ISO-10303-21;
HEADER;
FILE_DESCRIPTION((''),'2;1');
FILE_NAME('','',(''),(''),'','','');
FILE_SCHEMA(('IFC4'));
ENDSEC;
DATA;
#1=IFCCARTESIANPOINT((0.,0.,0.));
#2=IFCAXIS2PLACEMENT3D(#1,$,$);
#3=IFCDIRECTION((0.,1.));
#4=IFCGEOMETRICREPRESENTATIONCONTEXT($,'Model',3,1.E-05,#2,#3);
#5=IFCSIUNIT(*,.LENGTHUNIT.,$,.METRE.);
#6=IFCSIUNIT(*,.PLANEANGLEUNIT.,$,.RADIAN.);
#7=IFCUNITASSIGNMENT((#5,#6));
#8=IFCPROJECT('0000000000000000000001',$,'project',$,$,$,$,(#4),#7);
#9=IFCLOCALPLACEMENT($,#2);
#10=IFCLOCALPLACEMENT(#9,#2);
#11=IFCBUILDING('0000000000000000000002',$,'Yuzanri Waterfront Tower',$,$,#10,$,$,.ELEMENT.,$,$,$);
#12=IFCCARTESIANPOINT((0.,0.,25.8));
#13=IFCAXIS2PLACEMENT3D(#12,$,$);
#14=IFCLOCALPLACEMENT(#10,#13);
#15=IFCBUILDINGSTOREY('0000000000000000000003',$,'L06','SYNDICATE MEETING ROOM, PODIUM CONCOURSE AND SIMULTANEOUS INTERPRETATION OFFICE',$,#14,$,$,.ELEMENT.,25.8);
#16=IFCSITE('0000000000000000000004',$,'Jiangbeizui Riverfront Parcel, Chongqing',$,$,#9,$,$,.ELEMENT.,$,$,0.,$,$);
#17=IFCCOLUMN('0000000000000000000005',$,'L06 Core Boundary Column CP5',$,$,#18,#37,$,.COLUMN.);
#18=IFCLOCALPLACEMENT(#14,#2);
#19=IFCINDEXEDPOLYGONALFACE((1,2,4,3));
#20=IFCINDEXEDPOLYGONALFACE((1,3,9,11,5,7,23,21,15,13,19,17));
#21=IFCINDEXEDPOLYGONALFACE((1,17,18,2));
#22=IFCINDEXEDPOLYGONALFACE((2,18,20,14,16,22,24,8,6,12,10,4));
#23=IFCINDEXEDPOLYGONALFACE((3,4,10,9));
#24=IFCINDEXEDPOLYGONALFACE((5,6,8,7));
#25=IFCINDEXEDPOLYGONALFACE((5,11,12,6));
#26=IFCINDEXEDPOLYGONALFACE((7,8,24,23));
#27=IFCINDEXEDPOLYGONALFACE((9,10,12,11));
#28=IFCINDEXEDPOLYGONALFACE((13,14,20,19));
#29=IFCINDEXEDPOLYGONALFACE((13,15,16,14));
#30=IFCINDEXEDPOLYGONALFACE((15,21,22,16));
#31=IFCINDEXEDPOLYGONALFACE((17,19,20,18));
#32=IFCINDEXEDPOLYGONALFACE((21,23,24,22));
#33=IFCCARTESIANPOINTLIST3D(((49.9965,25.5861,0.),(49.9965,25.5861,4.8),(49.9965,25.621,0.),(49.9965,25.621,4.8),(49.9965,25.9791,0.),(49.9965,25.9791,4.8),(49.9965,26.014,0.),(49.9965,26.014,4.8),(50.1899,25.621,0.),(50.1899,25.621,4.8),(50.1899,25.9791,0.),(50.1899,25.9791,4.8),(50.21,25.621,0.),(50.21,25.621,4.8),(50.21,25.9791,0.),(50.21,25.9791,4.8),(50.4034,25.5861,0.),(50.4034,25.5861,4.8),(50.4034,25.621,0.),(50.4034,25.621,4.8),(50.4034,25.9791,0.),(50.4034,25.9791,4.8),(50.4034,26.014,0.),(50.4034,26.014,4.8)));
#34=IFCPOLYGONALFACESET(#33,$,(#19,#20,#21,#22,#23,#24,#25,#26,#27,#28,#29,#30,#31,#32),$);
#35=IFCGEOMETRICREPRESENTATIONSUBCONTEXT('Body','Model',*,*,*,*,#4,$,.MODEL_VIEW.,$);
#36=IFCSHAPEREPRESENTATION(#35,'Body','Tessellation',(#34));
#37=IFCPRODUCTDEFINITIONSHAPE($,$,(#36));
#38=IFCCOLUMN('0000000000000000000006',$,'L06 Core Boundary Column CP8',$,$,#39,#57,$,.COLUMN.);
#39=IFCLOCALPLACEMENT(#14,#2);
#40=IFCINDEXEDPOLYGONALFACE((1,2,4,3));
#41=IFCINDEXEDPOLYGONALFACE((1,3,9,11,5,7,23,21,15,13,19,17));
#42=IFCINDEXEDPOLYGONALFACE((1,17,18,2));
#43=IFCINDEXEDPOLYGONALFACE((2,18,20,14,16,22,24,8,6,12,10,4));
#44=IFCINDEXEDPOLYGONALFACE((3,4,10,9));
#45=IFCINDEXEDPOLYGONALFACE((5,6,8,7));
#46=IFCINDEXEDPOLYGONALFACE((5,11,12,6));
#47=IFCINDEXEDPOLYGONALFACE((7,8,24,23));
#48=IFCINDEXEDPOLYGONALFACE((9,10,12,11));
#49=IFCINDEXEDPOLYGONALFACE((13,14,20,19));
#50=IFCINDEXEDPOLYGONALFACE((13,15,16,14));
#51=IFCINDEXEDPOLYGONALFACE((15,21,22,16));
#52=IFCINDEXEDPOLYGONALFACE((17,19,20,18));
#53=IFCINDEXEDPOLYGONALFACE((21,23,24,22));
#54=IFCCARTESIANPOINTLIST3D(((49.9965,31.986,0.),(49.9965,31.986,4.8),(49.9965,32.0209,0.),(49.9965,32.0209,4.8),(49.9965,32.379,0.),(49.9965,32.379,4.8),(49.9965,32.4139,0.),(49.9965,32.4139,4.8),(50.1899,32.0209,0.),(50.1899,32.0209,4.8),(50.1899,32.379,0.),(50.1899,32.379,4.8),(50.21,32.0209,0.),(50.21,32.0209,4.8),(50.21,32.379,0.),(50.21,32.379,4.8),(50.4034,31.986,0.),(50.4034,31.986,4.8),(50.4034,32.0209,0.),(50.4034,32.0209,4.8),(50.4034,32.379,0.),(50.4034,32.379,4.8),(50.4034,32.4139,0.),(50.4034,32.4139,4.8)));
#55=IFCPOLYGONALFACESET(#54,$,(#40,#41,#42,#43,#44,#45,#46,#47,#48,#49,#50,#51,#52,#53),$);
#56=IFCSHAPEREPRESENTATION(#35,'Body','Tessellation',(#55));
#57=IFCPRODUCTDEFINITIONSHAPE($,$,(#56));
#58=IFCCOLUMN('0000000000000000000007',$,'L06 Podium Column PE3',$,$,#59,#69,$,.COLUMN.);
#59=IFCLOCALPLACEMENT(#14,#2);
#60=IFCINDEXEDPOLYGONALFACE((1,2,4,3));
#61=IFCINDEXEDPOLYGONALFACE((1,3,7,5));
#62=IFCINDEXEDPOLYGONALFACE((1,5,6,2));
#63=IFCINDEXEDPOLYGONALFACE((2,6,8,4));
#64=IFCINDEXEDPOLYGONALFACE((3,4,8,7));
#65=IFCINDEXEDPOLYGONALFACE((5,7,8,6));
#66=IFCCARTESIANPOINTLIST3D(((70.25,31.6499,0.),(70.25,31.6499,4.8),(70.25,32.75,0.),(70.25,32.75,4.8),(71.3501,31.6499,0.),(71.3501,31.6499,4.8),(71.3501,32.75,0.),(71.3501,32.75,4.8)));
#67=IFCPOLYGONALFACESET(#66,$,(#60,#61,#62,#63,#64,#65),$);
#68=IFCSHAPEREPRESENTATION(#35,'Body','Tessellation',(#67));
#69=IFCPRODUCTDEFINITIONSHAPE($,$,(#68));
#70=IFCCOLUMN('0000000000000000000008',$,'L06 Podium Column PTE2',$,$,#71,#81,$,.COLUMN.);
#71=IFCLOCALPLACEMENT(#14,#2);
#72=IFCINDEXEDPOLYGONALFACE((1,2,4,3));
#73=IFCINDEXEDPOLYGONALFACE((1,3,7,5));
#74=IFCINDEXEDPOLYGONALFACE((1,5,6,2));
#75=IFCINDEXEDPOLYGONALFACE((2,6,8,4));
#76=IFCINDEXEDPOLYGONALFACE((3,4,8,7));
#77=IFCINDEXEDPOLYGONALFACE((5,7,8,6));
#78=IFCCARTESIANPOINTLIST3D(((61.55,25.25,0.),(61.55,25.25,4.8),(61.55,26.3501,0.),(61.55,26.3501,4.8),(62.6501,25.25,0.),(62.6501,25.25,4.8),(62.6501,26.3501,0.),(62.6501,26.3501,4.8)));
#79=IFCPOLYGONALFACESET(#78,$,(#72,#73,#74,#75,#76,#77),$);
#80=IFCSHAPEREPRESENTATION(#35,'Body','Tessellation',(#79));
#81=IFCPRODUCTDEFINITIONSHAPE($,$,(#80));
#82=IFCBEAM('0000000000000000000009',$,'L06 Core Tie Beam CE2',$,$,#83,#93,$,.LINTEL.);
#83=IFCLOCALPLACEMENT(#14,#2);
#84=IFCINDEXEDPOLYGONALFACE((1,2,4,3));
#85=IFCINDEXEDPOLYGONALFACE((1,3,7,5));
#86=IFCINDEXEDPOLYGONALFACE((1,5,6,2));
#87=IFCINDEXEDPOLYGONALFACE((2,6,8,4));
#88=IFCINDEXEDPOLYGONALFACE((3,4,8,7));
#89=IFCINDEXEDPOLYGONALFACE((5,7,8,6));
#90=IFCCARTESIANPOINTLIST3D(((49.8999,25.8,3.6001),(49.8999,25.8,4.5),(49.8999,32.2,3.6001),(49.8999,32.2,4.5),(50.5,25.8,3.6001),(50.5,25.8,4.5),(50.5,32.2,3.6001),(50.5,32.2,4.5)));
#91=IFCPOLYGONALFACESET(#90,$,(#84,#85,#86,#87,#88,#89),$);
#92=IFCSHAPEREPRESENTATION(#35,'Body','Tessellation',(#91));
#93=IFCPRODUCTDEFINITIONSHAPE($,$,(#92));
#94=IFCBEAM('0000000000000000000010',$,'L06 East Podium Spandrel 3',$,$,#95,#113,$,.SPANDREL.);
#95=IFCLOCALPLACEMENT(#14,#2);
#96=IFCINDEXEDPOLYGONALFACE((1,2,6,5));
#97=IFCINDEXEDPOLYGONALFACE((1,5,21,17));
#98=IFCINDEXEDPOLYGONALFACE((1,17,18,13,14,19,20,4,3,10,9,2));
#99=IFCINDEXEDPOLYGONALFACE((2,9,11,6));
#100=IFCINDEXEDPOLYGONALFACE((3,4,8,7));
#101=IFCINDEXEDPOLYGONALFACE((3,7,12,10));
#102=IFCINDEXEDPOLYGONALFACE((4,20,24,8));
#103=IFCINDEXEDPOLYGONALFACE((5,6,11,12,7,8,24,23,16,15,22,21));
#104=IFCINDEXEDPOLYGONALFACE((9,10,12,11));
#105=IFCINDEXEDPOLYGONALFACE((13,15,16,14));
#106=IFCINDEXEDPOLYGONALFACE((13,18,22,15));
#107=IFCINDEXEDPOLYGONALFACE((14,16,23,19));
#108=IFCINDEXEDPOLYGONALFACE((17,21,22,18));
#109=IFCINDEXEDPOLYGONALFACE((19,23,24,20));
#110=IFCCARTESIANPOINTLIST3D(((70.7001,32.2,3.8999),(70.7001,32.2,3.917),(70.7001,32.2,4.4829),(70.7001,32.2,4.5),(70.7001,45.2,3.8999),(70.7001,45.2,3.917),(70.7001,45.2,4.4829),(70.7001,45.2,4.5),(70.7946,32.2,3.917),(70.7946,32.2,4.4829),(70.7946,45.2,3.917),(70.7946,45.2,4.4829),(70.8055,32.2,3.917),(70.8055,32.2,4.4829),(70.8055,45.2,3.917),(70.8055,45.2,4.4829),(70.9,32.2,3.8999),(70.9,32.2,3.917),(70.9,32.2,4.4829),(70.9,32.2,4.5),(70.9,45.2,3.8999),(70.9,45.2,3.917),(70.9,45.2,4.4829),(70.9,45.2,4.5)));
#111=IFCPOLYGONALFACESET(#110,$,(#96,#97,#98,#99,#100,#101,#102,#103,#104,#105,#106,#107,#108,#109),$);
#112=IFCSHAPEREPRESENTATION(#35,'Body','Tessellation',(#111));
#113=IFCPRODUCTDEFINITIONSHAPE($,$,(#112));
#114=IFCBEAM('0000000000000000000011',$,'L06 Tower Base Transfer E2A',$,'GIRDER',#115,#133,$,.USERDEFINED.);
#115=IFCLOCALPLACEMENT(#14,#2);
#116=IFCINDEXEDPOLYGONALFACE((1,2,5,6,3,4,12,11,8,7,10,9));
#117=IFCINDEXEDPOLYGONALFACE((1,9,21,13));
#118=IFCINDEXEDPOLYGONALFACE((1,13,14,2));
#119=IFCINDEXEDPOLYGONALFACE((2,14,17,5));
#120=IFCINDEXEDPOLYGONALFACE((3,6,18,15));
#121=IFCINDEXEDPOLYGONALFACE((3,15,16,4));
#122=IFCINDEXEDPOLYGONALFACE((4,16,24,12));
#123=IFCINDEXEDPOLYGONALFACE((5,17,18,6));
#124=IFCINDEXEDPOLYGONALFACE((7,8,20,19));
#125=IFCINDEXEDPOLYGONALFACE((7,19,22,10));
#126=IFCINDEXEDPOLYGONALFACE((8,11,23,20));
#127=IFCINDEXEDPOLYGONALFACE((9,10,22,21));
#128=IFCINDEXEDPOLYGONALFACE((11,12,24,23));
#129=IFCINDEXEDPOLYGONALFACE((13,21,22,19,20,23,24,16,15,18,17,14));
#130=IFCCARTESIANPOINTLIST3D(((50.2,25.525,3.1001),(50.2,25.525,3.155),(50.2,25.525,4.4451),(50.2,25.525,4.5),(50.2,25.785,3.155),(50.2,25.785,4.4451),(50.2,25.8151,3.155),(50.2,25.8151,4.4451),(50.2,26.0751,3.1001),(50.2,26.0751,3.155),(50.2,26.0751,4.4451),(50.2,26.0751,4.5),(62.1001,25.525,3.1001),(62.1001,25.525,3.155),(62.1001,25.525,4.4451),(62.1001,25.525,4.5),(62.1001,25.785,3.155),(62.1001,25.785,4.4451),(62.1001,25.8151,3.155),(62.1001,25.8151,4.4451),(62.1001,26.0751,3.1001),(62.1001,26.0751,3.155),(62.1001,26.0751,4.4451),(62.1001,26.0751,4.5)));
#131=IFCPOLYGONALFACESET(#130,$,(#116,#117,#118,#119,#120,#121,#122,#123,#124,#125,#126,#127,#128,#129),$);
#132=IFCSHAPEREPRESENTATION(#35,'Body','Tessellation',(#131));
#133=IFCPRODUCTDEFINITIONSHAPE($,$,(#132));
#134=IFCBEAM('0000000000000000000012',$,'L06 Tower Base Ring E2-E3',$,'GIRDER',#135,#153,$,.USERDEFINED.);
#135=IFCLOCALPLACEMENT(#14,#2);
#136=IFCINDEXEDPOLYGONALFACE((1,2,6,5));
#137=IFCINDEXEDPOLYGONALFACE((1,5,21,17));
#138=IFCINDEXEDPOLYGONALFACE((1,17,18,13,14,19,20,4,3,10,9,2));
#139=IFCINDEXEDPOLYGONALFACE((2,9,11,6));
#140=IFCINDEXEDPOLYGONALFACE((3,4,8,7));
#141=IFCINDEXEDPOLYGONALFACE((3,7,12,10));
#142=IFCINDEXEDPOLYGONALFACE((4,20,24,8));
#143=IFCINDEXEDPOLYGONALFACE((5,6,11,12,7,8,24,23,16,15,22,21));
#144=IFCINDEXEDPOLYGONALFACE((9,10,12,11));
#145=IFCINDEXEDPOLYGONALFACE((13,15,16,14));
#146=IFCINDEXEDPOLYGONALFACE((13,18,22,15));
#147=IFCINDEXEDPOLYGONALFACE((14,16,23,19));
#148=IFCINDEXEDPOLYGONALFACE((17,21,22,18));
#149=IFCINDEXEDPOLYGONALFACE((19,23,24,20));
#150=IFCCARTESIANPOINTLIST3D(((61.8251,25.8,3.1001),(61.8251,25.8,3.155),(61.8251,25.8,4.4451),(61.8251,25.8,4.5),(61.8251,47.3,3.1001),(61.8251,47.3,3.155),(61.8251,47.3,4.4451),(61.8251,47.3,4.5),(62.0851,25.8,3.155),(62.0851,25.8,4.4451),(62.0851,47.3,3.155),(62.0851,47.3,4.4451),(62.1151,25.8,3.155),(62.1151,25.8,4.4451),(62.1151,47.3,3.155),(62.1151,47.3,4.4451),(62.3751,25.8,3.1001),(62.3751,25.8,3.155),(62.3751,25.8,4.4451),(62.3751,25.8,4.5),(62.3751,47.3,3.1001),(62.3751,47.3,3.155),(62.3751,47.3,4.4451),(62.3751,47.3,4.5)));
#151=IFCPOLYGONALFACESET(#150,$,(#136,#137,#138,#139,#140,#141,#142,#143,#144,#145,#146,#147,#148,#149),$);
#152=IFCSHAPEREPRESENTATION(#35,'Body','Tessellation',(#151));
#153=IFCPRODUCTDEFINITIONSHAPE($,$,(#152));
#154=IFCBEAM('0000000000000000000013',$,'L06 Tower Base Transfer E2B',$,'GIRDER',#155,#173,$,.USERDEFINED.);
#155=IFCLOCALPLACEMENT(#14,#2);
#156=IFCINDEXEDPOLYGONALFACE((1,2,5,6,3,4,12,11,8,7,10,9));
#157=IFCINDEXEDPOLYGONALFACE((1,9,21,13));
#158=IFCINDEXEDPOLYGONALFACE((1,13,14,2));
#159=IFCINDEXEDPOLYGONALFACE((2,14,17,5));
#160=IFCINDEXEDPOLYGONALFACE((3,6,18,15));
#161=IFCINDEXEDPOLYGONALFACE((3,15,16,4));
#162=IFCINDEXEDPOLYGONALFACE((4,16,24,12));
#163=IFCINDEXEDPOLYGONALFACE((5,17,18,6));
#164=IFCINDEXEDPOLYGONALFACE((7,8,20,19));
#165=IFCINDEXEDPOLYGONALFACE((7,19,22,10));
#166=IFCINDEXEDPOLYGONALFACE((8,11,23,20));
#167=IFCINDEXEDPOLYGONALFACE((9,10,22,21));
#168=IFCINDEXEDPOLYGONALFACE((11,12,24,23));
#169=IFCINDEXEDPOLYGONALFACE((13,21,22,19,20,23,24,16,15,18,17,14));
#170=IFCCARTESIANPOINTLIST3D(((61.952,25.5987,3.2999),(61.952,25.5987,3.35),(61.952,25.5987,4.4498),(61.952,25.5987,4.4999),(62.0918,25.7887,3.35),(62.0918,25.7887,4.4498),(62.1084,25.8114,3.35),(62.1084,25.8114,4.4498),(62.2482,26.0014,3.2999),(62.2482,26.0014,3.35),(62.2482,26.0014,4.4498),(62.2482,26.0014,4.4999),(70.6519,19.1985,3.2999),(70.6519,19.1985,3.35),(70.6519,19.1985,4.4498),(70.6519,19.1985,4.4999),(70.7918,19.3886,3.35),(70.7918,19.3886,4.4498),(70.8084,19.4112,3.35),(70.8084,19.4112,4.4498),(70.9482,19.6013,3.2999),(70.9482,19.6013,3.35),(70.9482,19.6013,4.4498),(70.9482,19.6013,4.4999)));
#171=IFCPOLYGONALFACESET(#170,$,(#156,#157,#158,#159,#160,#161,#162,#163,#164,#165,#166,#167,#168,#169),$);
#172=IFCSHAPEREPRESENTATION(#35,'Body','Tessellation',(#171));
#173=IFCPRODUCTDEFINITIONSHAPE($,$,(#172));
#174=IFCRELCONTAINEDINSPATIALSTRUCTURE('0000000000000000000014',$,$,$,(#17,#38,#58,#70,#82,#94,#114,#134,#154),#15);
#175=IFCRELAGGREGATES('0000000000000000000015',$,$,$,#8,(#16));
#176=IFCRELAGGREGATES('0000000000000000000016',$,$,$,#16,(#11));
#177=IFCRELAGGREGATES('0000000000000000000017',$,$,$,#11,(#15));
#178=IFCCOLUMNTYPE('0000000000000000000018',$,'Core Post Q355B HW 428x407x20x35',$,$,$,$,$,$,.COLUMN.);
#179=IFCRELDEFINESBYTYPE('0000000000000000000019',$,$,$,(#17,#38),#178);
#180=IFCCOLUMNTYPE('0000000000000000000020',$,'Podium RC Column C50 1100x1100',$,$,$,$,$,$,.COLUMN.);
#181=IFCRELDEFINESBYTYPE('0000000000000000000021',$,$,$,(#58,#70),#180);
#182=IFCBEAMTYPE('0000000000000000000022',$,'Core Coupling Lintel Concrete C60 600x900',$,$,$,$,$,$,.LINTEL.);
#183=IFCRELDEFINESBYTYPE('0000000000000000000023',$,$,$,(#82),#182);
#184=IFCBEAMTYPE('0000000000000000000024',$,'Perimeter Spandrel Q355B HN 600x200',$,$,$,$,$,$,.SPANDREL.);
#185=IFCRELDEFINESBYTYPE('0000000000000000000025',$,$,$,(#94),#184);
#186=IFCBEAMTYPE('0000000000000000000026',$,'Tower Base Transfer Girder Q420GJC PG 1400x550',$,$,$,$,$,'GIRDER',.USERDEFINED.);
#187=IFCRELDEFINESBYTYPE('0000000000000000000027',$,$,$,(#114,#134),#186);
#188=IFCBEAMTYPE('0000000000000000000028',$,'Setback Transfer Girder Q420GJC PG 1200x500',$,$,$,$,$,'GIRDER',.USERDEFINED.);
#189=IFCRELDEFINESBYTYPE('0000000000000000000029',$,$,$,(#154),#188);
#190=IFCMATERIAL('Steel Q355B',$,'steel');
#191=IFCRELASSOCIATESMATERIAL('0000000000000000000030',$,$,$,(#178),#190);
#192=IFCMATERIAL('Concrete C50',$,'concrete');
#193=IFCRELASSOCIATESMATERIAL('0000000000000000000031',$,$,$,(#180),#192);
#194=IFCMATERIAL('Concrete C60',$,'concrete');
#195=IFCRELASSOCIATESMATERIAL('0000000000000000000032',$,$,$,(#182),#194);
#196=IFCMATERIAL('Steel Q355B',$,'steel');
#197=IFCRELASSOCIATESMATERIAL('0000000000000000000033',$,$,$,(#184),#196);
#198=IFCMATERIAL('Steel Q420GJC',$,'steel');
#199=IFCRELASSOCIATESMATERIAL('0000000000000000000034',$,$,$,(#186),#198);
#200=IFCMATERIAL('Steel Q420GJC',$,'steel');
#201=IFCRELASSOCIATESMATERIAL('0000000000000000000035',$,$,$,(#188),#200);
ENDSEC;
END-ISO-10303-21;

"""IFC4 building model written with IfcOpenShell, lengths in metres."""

from ifc_helpers import new_model, si_unit, direction, frame, origin, origin_2d, place, context, subcontext, project, spatial, rectangle, i_section, extrude, source, transform, mapped, material, material_profile, profile_set, type_object, element, save


model = new_model("IFC4")

# Units and contexts
model_context = context("Model", 3, precision=1e-05, world=origin(), true_north=direction((0.0, 1.0)))
body_context = subcontext(model_context, "Body", "Model", "MODEL_VIEW")
ifc_project = project(units=[si_unit("LENGTHUNIT", "METRE"), si_unit("PLANEANGLEUNIT", "RADIAN")], contexts=[model_context])

# Site, building, storey
site_placement = place(None, origin())
site = spatial("IfcSite", under=ifc_project, at=site_placement, Name="Jiangbeizui Riverfront Parcel, Chongqing", CompositionType="ELEMENT", RefElevation=0.0)
building_placement = place(site_placement, origin())
building = spatial("IfcBuilding", under=site, at=building_placement, Name="Yuzanri Waterfront Tower", CompositionType="ELEMENT")
storey_placement = place(building_placement, frame((0.0, 0.0, 25.8)))
storey = spatial("IfcBuildingStorey", under=building, at=storey_placement, Name="L06", Description="SYNDICATE MEETING ROOM, PODIUM CONCOURSE AND SIMULTANEOUS INTERPRETATION OFFICE", CompositionType="ELEMENT", Elevation=25.8)

# Columns
ifc_material_1 = material(Name="Steel Q355B", Category="steel")
ifc_material_profile_1 = material_profile(ifc_material_1, i_section(OverallWidth=0.407, OverallDepth=0.428, WebThickness=0.02, FlangeThickness=0.0349, at=origin_2d()), Name="HW 428x407x20x35")
ifc_profile_set_1 = profile_set([ifc_material_profile_1], Name="Steel Q355B")
column_type_1 = type_object("IfcColumnType", Name="Core Post Q355B HW 428x407x20x35", PredefinedType="COLUMN", material=ifc_profile_set_1)
shared_shape_1 = source(origin(), body_context, "Body", "SweptSolid", [
    extrude(i_section(OverallWidth=0.407, OverallDepth=0.428, WebThickness=0.02, FlangeThickness=0.0349, at=origin_2d()), origin(), (0.0, 0.0, 1.0), 4.8),
])
for number, where, z_axis, x_axis, name in (
    (1, (50.2, 25.8, 0.0), (0.0, 0.0, 1.0), (1.0, 0.0, 0.0), "L06 Core Boundary Column CP5"),
    (2, (50.2, 32.2, 0.0), (0.0, 0.0, 1.0), (1.0, 0.0, 0.0), "L06 Core Boundary Column CP8"),
):
    element("IfcColumn", number, at=place(storey_placement, frame(where, z_axis=z_axis, x_axis=x_axis)), inside=storey, type_object=column_type_1, Name=name, PredefinedType="COLUMN", context=body_context, shape_type="MappedRepresentation", body=[
        mapped(shared_shape_1, transform((0.0, 0.0, 0.0), scale=1.0)),
    ])
ifc_material_2 = material(Name="Concrete C50", Category="concrete")
ifc_material_profile_2 = material_profile(ifc_material_2, rectangle(XDim=1.1001, YDim=1.1001, at=origin_2d()), Name="RC 1100x1100")
ifc_profile_set_2 = profile_set([ifc_material_profile_2], Name="Concrete C50")
column_type_2 = type_object("IfcColumnType", Name="Podium RC Column C50 1100x1100", PredefinedType="COLUMN", material=ifc_profile_set_2)
shared_shape_2 = source(origin(), body_context, "Body", "SweptSolid", [
    extrude(rectangle(XDim=1.1001, YDim=1.1001, at=origin_2d()), origin(), (0.0, 0.0, 1.0), 4.8),
])
for number, where, z_axis, x_axis, name in (
    (3, (70.8, 32.2, 0.0), (0.0, 0.0, 1.0), (1.0, 0.0, 0.0), "L06 Podium Column PE3"),
    (4, (62.1001, 25.8, 0.0), (0.0, 0.0, 1.0), (1.0, 0.0, 0.0), "L06 Podium Column PTE2"),
):
    element("IfcColumn", number, at=place(storey_placement, frame(where, z_axis=z_axis, x_axis=x_axis)), inside=storey, type_object=column_type_2, Name=name, PredefinedType="COLUMN", context=body_context, shape_type="MappedRepresentation", body=[
        mapped(shared_shape_2, transform((0.0, 0.0, 0.0), scale=1.0)),
    ])

# Beams
ifc_material_3 = material(Name="Concrete C60", Category="concrete")
ifc_material_profile_3 = material_profile(ifc_material_3, rectangle(XDim=0.6001, YDim=0.8999, at=origin_2d()), Name="RC 600x900")
ifc_profile_set_3 = profile_set([ifc_material_profile_3], Name="Concrete C60")
beam_type_1 = type_object("IfcBeamType", Name="Core Coupling Lintel Concrete C60 600x900", PredefinedType="LINTEL", material=ifc_profile_set_3)
shared_shape_3 = source(origin(), body_context, "Body", "SweptSolid", [
    extrude(rectangle(XDim=0.6001, YDim=0.8999, at=origin_2d()), origin(), (0.0, 0.0, 1.0), 6.3999),
])
beam_1_placement = place(storey_placement, frame((50.2, 25.8, 4.05), z_axis=(0.0, 1.0, 0.0), x_axis=(-1.0, 0.0, 0.0)))
element("IfcBeam", 5, at=beam_1_placement, inside=storey, type_object=beam_type_1, Name="L06 Core Tie Beam CE2", PredefinedType="LINTEL", context=body_context, shape_type="MappedRepresentation", body=[
    mapped(shared_shape_3, transform((0.0, 0.0, 0.0), scale=1.0)),
])
ifc_material_4 = material(Name="Steel Q355B", Category="steel")
ifc_material_profile_4 = material_profile(ifc_material_4, i_section(OverallWidth=0.2, OverallDepth=0.6001, WebThickness=0.011, FlangeThickness=0.0171, at=origin_2d()), Name="HN 600x200x11x17")
ifc_profile_set_4 = profile_set([ifc_material_profile_4], Name="Steel Q355B")
beam_type_2 = type_object("IfcBeamType", Name="Perimeter Spandrel Q355B HN 600x200", PredefinedType="SPANDREL", material=ifc_profile_set_4)
shared_shape_4 = source(origin(), body_context, "Body", "SweptSolid", [
    extrude(i_section(OverallWidth=0.2, OverallDepth=0.6001, WebThickness=0.011, FlangeThickness=0.0171, at=origin_2d()), origin(), (0.0, 0.0, 1.0), 13.0),
])
beam_2_placement = place(storey_placement, frame((70.8, 32.2, 4.2), z_axis=(0.0, 1.0, 0.0), x_axis=(-1.0, 0.0, 0.0)))
element("IfcBeam", 6, at=beam_2_placement, inside=storey, type_object=beam_type_2, Name="L06 East Podium Spandrel 3", PredefinedType="SPANDREL", context=body_context, shape_type="MappedRepresentation", body=[
    mapped(shared_shape_4, transform((0.0, 0.0, 0.0), scale=1.0)),
])
ifc_material_5 = material(Name="Steel Q420GJC", Category="steel")
ifc_material_profile_5 = material_profile(ifc_material_5, i_section(OverallWidth=0.55, OverallDepth=1.3999, WebThickness=0.03, FlangeThickness=0.0549, at=origin_2d()), Name="PG 1400x550x30x55")
ifc_profile_set_5 = profile_set([ifc_material_profile_5], Name="Steel Q420GJC")
beam_type_3 = type_object("IfcBeamType", Name="Tower Base Transfer Girder Q420GJC PG 1400x550", ElementType="GIRDER", PredefinedType="USERDEFINED", material=ifc_profile_set_5)
shared_shape_5 = source(origin(), body_context, "Body", "SweptSolid", [
    extrude(i_section(OverallWidth=0.55, OverallDepth=1.3999, WebThickness=0.03, FlangeThickness=0.0549, at=origin_2d()), origin(), (0.0, 0.0, 1.0), 11.9001),
])
beam_3_placement = place(storey_placement, frame((50.2, 25.8, 3.8), z_axis=(1.0, 0.0, 0.0), x_axis=(0.0, 1.0, 0.0)))
element("IfcBeam", 7, at=beam_3_placement, inside=storey, type_object=beam_type_3, Name="L06 Tower Base Transfer E2A", ObjectType="GIRDER", PredefinedType="USERDEFINED", context=body_context, shape_type="MappedRepresentation", body=[
    mapped(shared_shape_5, transform((0.0, 0.0, 0.0), scale=1.0)),
])
shared_shape_6 = source(origin(), body_context, "Body", "SweptSolid", [
    extrude(i_section(OverallWidth=0.55, OverallDepth=1.3999, WebThickness=0.03, FlangeThickness=0.0549, at=origin_2d()), origin(), (0.0, 0.0, 1.0), 21.5),
])
beam_4_placement = place(storey_placement, frame((62.1001, 25.8, 3.8), z_axis=(0.0, 1.0, 0.0), x_axis=(-1.0, 0.0, 0.0)))
element("IfcBeam", 8, at=beam_4_placement, inside=storey, type_object=beam_type_3, Name="L06 Tower Base Ring E2-E3", ObjectType="GIRDER", PredefinedType="USERDEFINED", context=body_context, shape_type="MappedRepresentation", body=[
    mapped(shared_shape_6, transform((0.0, 0.0, 0.0), scale=1.0)),
])
ifc_material_6 = material(Name="Steel Q420GJC", Category="steel")
ifc_material_profile_6 = material_profile(ifc_material_6, i_section(OverallWidth=0.5, OverallDepth=1.2, WebThickness=0.0281, FlangeThickness=0.05, at=origin_2d()), Name="PG 1200x500x28x50")
ifc_profile_set_6 = profile_set([ifc_material_profile_6], Name="Steel Q420GJC")
beam_type_4 = type_object("IfcBeamType", Name="Setback Transfer Girder Q420GJC PG 1200x500", ElementType="GIRDER", PredefinedType="USERDEFINED", material=ifc_profile_set_6)
shared_shape_7 = source(origin(), body_context, "Body", "SweptSolid", [
    extrude(i_section(OverallWidth=0.5, OverallDepth=1.2, WebThickness=0.0281, FlangeThickness=0.05, at=origin_2d()), origin(), (0.0, 0.0, 1.0), 10.8005),
])
beam_5_placement = place(storey_placement, frame((62.1001, 25.8, 3.8999), z_axis=(0.805513, -0.592578, 0.0), x_axis=(0.592578, 0.805513, 0.0)))
element("IfcBeam", 9, at=beam_5_placement, inside=storey, type_object=beam_type_4, Name="L06 Tower Base Transfer E2B", ObjectType="GIRDER", PredefinedType="USERDEFINED", context=body_context, shape_type="MappedRepresentation", body=[
    mapped(shared_shape_7, transform((0.0, 0.0, 0.0), scale=1.0)),
])

save(model, "model.ifc")
